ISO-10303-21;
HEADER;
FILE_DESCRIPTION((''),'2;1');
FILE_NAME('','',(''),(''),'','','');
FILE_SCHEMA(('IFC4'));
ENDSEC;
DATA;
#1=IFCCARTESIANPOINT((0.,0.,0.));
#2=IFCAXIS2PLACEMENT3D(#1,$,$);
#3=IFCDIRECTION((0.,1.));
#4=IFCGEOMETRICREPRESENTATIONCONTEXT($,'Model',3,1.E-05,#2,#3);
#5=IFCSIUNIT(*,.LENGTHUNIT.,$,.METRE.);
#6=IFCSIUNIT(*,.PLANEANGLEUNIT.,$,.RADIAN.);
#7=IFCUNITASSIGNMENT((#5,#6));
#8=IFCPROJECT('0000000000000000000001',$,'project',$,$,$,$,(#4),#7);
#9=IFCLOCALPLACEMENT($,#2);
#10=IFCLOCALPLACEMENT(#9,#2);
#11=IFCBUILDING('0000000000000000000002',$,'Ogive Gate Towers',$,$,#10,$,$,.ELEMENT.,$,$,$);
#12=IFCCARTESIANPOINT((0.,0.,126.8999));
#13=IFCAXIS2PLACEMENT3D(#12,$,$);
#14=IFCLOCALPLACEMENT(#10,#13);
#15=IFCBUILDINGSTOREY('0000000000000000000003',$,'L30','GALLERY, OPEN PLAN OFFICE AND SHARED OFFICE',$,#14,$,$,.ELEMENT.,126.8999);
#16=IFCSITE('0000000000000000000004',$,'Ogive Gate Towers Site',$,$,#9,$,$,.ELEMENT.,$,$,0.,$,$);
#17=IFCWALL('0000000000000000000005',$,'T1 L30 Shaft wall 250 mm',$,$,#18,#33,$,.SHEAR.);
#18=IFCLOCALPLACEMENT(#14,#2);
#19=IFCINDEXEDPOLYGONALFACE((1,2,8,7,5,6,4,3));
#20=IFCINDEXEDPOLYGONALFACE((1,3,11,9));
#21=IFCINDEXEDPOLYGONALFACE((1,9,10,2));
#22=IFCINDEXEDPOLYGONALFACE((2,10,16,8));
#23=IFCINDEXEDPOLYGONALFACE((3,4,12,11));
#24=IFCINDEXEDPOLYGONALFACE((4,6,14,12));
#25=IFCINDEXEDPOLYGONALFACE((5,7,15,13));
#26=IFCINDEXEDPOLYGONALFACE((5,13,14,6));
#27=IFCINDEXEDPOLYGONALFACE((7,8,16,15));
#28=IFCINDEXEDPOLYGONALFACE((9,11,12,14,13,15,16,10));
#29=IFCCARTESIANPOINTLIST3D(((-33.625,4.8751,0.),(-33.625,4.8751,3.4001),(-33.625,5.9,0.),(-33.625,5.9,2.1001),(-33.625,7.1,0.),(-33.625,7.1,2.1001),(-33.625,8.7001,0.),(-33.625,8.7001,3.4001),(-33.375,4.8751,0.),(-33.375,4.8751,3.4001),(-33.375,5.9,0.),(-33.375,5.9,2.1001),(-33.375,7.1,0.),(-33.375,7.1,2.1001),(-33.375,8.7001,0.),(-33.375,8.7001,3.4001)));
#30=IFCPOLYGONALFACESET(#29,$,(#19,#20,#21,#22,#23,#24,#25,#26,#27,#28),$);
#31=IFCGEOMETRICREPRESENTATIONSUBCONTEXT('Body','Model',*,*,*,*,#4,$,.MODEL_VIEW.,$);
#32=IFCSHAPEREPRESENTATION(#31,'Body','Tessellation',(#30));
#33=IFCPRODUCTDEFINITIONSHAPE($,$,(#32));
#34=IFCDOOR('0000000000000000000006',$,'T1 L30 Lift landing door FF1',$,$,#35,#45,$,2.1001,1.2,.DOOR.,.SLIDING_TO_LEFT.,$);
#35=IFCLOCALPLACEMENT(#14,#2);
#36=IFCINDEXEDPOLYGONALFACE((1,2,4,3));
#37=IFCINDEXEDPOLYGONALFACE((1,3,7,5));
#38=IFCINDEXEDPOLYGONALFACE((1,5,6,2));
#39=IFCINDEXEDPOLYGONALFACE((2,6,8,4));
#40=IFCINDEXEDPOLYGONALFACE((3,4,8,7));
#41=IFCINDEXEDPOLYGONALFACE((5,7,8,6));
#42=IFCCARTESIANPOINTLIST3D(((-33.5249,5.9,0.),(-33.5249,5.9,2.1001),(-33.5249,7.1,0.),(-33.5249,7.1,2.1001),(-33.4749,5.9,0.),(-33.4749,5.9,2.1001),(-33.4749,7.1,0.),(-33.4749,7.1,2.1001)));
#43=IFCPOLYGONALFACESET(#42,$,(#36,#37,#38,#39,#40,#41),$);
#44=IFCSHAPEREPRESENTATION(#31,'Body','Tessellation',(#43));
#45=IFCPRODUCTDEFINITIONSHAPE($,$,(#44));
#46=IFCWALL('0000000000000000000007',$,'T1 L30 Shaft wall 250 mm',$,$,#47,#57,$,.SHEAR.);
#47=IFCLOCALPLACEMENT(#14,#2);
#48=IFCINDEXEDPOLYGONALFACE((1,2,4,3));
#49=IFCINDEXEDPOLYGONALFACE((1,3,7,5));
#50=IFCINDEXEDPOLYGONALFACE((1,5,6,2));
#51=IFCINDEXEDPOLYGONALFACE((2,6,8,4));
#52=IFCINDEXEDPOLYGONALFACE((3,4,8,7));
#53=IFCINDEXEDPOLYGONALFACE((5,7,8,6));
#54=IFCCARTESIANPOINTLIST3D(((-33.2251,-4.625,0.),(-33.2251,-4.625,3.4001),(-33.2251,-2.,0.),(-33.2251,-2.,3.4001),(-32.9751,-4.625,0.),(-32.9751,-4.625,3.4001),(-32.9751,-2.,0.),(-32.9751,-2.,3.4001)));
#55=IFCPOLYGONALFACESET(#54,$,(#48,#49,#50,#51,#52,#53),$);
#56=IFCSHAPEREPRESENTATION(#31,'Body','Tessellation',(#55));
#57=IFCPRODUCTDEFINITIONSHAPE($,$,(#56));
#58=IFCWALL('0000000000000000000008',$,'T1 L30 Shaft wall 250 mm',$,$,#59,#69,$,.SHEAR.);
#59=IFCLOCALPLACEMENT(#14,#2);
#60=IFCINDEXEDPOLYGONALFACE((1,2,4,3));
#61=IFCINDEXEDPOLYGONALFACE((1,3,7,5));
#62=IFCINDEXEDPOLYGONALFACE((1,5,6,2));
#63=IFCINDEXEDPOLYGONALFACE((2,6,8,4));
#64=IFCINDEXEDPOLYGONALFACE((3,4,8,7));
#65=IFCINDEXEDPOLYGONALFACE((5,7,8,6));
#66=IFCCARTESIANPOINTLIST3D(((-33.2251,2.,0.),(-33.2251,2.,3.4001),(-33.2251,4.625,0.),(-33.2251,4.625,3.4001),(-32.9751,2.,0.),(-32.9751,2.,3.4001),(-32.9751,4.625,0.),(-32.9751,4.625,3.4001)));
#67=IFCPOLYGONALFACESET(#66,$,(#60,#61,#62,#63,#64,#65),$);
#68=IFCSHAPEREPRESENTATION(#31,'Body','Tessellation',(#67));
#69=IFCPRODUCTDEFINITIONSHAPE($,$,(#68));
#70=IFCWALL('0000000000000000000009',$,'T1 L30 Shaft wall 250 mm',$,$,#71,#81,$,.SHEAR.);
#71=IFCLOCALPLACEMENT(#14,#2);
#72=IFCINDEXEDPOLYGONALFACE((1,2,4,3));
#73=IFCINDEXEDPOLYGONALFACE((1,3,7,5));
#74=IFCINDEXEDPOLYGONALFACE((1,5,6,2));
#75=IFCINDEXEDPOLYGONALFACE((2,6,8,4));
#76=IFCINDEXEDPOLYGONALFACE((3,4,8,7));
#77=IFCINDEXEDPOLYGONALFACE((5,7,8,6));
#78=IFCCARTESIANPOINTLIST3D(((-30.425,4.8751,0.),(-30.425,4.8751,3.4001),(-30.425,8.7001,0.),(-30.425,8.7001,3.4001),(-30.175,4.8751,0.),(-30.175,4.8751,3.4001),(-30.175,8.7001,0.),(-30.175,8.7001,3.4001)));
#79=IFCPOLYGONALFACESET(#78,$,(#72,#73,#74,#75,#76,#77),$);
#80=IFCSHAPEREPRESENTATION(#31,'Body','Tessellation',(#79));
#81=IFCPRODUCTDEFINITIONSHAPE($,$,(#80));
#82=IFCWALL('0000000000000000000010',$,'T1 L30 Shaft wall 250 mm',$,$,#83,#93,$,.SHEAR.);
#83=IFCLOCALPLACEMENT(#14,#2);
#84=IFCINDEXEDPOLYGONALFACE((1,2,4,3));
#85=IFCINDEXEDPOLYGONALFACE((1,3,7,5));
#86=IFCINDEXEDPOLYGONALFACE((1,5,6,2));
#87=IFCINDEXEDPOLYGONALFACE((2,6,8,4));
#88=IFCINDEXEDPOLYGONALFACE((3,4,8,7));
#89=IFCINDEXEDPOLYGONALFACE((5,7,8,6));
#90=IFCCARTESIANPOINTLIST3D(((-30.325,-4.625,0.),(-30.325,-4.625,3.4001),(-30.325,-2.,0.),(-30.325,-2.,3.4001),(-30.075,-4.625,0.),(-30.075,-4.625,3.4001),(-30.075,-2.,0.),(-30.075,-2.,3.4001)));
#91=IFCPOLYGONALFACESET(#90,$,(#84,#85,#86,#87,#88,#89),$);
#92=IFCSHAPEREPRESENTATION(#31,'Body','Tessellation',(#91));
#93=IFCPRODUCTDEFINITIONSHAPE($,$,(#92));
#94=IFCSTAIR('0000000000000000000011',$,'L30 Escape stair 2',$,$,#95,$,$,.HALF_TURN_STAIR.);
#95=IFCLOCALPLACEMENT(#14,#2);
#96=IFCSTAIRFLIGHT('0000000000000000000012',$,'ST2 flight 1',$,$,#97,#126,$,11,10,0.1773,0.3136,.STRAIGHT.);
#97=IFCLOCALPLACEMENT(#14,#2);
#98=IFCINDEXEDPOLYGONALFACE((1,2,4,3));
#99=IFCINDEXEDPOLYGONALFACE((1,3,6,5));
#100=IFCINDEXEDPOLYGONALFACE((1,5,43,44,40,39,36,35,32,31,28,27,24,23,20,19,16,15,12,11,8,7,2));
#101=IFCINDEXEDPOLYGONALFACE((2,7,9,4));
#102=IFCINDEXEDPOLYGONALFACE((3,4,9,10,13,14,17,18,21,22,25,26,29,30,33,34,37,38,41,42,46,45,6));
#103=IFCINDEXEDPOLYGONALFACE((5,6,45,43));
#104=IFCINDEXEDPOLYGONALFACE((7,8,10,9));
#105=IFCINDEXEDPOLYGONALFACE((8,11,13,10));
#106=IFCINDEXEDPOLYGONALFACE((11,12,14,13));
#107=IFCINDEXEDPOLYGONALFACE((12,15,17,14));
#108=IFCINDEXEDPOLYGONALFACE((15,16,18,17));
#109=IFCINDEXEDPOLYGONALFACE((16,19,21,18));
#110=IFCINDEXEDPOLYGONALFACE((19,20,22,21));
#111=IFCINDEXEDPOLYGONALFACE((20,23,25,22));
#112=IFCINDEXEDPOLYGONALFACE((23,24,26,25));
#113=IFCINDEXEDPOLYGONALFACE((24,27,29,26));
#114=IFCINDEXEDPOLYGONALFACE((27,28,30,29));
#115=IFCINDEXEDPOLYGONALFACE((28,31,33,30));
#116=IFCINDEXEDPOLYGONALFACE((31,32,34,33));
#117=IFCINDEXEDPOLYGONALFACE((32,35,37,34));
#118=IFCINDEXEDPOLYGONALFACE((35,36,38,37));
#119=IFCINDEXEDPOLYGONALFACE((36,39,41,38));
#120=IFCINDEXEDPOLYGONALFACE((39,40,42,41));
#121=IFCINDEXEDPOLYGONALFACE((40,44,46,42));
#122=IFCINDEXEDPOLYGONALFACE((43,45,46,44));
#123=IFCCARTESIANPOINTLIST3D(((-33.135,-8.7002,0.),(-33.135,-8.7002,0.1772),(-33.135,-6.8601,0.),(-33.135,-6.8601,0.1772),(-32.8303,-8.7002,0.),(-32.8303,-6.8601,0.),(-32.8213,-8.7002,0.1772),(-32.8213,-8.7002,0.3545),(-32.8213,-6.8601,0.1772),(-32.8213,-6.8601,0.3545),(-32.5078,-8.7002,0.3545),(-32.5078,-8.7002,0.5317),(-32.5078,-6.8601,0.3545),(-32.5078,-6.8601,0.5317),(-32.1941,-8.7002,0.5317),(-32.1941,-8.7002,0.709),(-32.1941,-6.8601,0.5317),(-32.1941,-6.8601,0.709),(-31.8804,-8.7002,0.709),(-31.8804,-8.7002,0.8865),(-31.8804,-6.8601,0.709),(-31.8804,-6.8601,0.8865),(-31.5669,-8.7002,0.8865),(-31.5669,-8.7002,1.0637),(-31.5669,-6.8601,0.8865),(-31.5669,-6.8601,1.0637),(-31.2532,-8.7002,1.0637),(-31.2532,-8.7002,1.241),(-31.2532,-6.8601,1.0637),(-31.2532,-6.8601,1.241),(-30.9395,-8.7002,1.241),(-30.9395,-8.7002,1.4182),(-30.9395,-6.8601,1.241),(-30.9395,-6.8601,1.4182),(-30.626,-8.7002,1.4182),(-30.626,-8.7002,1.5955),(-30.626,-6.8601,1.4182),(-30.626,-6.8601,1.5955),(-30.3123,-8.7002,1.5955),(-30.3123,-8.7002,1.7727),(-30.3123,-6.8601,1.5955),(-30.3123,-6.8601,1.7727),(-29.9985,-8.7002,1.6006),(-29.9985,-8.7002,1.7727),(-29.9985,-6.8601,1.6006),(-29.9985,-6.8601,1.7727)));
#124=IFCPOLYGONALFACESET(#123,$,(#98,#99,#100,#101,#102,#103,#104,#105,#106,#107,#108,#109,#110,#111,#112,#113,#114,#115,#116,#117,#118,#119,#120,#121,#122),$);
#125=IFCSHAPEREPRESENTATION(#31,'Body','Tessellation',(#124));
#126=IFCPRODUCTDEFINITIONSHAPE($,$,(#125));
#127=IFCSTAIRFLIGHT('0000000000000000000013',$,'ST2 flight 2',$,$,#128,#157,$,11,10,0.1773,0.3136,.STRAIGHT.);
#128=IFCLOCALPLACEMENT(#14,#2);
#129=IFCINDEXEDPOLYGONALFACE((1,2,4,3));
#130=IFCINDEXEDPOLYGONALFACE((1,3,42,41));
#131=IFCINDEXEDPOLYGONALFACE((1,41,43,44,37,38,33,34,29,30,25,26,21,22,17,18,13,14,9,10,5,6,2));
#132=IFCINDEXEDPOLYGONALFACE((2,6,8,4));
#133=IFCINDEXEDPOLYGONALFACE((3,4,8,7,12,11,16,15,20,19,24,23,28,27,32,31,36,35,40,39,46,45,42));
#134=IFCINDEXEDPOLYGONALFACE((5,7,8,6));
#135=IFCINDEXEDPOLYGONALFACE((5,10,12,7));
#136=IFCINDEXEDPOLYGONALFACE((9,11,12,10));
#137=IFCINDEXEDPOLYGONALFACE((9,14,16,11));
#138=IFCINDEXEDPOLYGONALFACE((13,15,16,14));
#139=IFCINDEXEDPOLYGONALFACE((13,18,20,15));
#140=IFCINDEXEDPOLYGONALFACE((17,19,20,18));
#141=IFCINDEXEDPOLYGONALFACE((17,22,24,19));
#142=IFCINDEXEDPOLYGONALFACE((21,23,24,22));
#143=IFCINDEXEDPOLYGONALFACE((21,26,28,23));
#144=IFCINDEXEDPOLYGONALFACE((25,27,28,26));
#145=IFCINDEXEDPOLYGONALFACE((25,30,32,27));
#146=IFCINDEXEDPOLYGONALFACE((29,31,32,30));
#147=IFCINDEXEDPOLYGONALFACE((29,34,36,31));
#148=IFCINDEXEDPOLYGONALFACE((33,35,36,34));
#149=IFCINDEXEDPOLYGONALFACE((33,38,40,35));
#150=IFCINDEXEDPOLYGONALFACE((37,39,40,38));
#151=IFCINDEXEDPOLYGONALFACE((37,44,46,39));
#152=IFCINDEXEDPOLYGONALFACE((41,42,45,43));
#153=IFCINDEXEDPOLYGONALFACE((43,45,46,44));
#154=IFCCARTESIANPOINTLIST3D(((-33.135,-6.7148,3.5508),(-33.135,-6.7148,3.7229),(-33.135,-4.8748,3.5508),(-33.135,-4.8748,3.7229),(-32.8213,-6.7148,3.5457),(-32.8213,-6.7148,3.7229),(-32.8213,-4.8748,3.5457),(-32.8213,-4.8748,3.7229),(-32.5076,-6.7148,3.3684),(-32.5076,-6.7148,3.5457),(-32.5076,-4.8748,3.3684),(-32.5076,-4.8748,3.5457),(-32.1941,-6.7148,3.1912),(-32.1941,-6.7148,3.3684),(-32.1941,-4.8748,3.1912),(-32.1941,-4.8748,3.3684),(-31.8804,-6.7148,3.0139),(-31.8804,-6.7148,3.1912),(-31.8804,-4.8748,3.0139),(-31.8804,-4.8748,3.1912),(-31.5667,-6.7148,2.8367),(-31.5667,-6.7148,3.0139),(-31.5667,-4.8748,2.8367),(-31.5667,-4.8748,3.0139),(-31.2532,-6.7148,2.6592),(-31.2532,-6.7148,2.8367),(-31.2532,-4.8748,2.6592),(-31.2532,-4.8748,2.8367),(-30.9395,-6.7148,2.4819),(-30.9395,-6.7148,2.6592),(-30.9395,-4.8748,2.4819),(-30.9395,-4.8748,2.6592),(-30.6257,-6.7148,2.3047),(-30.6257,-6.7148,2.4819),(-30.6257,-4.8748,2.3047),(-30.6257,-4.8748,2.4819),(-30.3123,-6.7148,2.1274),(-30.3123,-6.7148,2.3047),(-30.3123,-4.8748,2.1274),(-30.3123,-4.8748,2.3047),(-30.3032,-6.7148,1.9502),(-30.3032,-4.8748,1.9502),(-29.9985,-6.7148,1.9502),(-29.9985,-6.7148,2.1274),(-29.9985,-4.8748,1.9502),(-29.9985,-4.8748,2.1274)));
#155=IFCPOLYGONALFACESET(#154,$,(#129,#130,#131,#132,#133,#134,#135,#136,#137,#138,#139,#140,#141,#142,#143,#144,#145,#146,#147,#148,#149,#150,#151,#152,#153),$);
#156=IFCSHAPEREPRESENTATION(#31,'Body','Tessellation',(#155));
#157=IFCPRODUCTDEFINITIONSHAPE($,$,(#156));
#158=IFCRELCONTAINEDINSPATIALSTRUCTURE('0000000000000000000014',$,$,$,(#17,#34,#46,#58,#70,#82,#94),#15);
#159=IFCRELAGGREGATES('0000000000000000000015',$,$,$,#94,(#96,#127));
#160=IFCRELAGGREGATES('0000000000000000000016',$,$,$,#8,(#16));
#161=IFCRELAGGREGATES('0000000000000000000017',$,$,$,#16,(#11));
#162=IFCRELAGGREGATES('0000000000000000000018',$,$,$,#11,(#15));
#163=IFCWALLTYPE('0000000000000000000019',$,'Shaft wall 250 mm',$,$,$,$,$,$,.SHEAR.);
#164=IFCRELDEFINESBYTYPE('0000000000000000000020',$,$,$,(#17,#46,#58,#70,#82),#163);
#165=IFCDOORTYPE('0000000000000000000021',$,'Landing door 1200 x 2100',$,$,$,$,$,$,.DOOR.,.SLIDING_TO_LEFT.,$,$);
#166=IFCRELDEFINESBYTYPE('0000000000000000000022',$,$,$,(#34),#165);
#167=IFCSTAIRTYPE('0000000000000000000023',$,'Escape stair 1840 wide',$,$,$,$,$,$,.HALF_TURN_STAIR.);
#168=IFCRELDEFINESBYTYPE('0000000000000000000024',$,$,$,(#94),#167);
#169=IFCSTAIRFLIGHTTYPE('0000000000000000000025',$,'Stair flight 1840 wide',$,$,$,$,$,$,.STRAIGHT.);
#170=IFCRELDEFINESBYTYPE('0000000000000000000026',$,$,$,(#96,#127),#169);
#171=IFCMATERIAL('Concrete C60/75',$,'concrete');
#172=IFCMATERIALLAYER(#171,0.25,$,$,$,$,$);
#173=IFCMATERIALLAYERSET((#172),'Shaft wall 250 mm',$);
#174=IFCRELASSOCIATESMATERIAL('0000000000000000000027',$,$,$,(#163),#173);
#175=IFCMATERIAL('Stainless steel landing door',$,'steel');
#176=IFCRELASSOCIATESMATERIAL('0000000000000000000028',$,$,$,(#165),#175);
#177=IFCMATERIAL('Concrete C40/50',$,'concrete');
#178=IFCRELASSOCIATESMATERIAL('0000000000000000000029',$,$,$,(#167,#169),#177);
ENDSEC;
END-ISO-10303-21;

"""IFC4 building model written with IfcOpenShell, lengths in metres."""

from ifc_helpers import new_model, si_unit, direction, frame, frame_2d, origin, place, context, subcontext, project, spatial, polyline, rectangle, outline, extrude, material, layer, layer_set, type_object, element, fill, aggregate, save


model = new_model("IFC4")

# Units and contexts
model_context = context("Model", 3, precision=1e-05, world=origin(), true_north=direction((0.0, 1.0)))
body_context = subcontext(model_context, "Body", "Model", "MODEL_VIEW")
ifc_project = project(units=[si_unit("LENGTHUNIT", "METRE"), si_unit("PLANEANGLEUNIT", "RADIAN")], contexts=[model_context])

# Site, building, storey
site_placement = place(None, origin())
site = spatial("IfcSite", under=ifc_project, at=site_placement, Name="Ogive Gate Towers Site", CompositionType="ELEMENT", RefElevation=0.0)
building_placement = place(site_placement, origin())
building = spatial("IfcBuilding", under=site, at=building_placement, Name="Ogive Gate Towers", CompositionType="ELEMENT")
storey_placement = place(building_placement, frame((0.0, 0.0, 126.8999)))
storey = spatial("IfcBuildingStorey", under=building, at=storey_placement, Name="L30", Description="GALLERY, OPEN PLAN OFFICE AND SHARED OFFICE", CompositionType="ELEMENT", Elevation=126.8999)

# Shared definitions
ifc_material_1 = material(Name="Concrete C60/75", Category="concrete")

# Wall, opening, door
ifc_layer_1 = layer(ifc_material_1, 0.25)
ifc_layer_set_1 = layer_set([ifc_layer_1], Name="Shaft wall 250 mm")
wall_type_1 = type_object("IfcWallType", Name="Shaft wall 250 mm", PredefinedType="SHEAR", material=ifc_layer_set_1)
wall_1_placement = place(storey_placement, frame((-33.5, 4.875, 0.0), z_axis=(0.0, 0.0, 1.0), x_axis=(0.0, 1.0, 0.0)))
wall_1 = element("IfcWall", 1, at=wall_1_placement, inside=storey, type_object=wall_type_1, Name="T1 L30 Shaft wall 250 mm", PredefinedType="SHEAR", context=body_context, shape_type="SweptSolid", body=[
    extrude(rectangle(XDim=3.825, YDim=0.25, at=frame_2d((1.9126, 0.0))), origin(), (0.0, 0.0, 1.0), 3.4001),
])
opening_1_placement = place(wall_1_placement, frame((1.0249, 0.0, 0.0)))
opening_1 = element("IfcOpeningElement", 2, at=opening_1_placement, cuts=wall_1, PredefinedType="OPENING", context=body_context, shape_type="SweptSolid", body=[
    extrude(rectangle(XDim=1.2, YDim=2.1001, at=frame_2d((0.6001, 1.05))), frame((0.0, 0.135, 0.0), z_axis=(0.0, -1.0, 0.0), x_axis=(1.0, 0.0, 0.0)), (0.0, 0.0, 1.0), 0.27),
])
ifc_material_2 = material(Name="Stainless steel landing door", Category="steel")
door_type_1 = type_object("IfcDoorType", Name="Landing door 1200 x 2100", OperationType="SLIDING_TO_LEFT", PredefinedType="DOOR", material=ifc_material_2)
door_1_placement = place(opening_1_placement, origin())
door_1 = element("IfcDoor", 3, at=door_1_placement, inside=storey, type_object=door_type_1, Name="T1 L30 Lift landing door FF1", OperationType="SLIDING_TO_LEFT", OverallHeight=2.1001, OverallWidth=1.2, PredefinedType="DOOR", context=body_context, shape_type="SweptSolid", body=[
    extrude(rectangle(XDim=1.2, YDim=2.1001, at=frame_2d((0.6001, 1.05))), frame((0.0, 0.0249, 0.0), z_axis=(0.0, -1.0, 0.0), x_axis=(1.0, 0.0, 0.0)), (0.0, 0.0, 1.0), 0.05),
])
fill(opening_1, door_1)

# Walls
for number, where, z_axis, x_axis, name in (
    (4, (-33.1001, -4.625, 0.0), (0.0, 0.0, 1.0), (0.0, 1.0, 0.0), "T1 L30 Shaft wall 250 mm"),
    (5, (-33.1001, 2.0, 0.0), (0.0, 0.0, 1.0), (0.0, 1.0, 0.0), "T1 L30 Shaft wall 250 mm"),
):
    element("IfcWall", number, at=place(storey_placement, frame(where, z_axis=z_axis, x_axis=x_axis)), inside=storey, type_object=wall_type_1, Name=name, PredefinedType="SHEAR", context=body_context, shape_type="SweptSolid", body=[
        extrude(rectangle(XDim=2.625, YDim=0.25, at=frame_2d((1.3125, 0.0))), origin(), (0.0, 0.0, 1.0), 3.4001),
    ])
wall_2_placement = place(storey_placement, frame((-30.3, 4.875, 0.0), z_axis=(0.0, 0.0, 1.0), x_axis=(0.0, 1.0, 0.0)))
element("IfcWall", 6, at=wall_2_placement, inside=storey, type_object=wall_type_1, Name="T1 L30 Shaft wall 250 mm", PredefinedType="SHEAR", context=body_context, shape_type="SweptSolid", body=[
    extrude(rectangle(XDim=3.825, YDim=0.25, at=frame_2d((1.9126, 0.0))), origin(), (0.0, 0.0, 1.0), 3.4001),
])
wall_3_placement = place(storey_placement, frame((-30.2, -4.625, 0.0), z_axis=(0.0, 0.0, 1.0), x_axis=(0.0, 1.0, 0.0)))
element("IfcWall", 7, at=wall_3_placement, inside=storey, type_object=wall_type_1, Name="T1 L30 Shaft wall 250 mm", PredefinedType="SHEAR", context=body_context, shape_type="SweptSolid", body=[
    extrude(rectangle(XDim=2.625, YDim=0.25, at=frame_2d((1.3125, 0.0))), origin(), (0.0, 0.0, 1.0), 3.4001),
])

# Stair, stair flights
ifc_material_3 = material(Name="Concrete C40/50", Category="concrete")
stair_type = type_object("IfcStairType", Name="Escape stair 1840 wide", PredefinedType="HALF_TURN_STAIR", material=ifc_material_3)
stair_placement = place(storey_placement, origin())
stair = element("IfcStair", 8, at=stair_placement, inside=storey, type_object=stair_type, Name="L30 Escape stair 2", PredefinedType="HALF_TURN_STAIR")
stair_flight_type = type_object("IfcStairFlightType", Name="Stair flight 1840 wide", PredefinedType="STRAIGHT", material=ifc_material_3)
stair_flight_1_placement = place(storey_placement, frame((-33.135, -7.78, 0.0), z_axis=(0.0, 0.0, 1.0), x_axis=(1.0, 0.0, 0.0)))
stair_flight_1 = element("IfcStairFlight", 9, at=stair_flight_1_placement, type_object=stair_flight_type, Name="ST2 flight 1", NumberOfRisers=11, NumberOfTreads=10, PredefinedType="STRAIGHT", RiserHeight=0.1773, TreadLength=0.3136, context=body_context, shape_type="SweptSolid", body=[
    extrude(outline(polyline([(0.0, 0.0), (0.0, 0.1772), (0.3137, 0.1772), (0.3137, 0.3545), (0.6272, 0.3545), (0.6272, 0.5317), (0.9409, 0.5317), (0.9409, 0.709), (1.2546, 0.709), (1.2546, 0.8865), (1.5681, 0.8865), (1.5681, 1.0637), (1.8818, 1.0637), (1.8818, 1.241), (2.1956, 1.241), (2.1956, 1.4182), (2.509, 1.4182), (2.509, 1.5955), (2.8228, 1.5955), (2.8228, 1.7727), (3.1365, 1.7727), (3.1365, 1.95), (3.1365, 1.6006), (0.3047, 0.0), (0.0, 0.0)])), frame((0.0, 0.9199, 0.0), z_axis=(0.0, -1.0, 0.0), x_axis=(1.0, 0.0, 0.0)), (0.0, 0.0, 1.0), 1.8401),
])
stair_flight_2_placement = place(storey_placement, frame((-29.9985, -5.7949, 1.9502), z_axis=(0.0, 0.0, 1.0), x_axis=(-1.0, 0.0, 0.0)))
stair_flight_2 = element("IfcStairFlight", 10, at=stair_flight_2_placement, type_object=stair_flight_type, Name="ST2 flight 2", NumberOfRisers=11, NumberOfTreads=10, PredefinedType="STRAIGHT", RiserHeight=0.1773, TreadLength=0.3136, context=body_context, shape_type="SweptSolid", body=[
    extrude(outline(polyline([(0.0, 0.0), (0.0, 0.1772), (0.3137, 0.1772), (0.3137, 0.3545), (0.6272, 0.3545), (0.6272, 0.5317), (0.9409, 0.5317), (0.9409, 0.709), (1.2546, 0.709), (1.2546, 0.8865), (1.5681, 0.8865), (1.5681, 1.0637), (1.8818, 1.0637), (1.8818, 1.241), (2.1956, 1.241), (2.1956, 1.4182), (2.509, 1.4182), (2.509, 1.5955), (2.8228, 1.5955), (2.8228, 1.7727), (3.1365, 1.7727), (3.1365, 1.95), (3.1365, 1.6006), (0.3047, 0.0), (0.0, 0.0)])), frame((0.0, 0.9199, 0.0), z_axis=(0.0, -1.0, 0.0), x_axis=(1.0, 0.0, 0.0)), (0.0, 0.0, 1.0), 1.8401),
])
aggregate(stair, [stair_flight_1, stair_flight_2])

save(model, "model.ifc")
